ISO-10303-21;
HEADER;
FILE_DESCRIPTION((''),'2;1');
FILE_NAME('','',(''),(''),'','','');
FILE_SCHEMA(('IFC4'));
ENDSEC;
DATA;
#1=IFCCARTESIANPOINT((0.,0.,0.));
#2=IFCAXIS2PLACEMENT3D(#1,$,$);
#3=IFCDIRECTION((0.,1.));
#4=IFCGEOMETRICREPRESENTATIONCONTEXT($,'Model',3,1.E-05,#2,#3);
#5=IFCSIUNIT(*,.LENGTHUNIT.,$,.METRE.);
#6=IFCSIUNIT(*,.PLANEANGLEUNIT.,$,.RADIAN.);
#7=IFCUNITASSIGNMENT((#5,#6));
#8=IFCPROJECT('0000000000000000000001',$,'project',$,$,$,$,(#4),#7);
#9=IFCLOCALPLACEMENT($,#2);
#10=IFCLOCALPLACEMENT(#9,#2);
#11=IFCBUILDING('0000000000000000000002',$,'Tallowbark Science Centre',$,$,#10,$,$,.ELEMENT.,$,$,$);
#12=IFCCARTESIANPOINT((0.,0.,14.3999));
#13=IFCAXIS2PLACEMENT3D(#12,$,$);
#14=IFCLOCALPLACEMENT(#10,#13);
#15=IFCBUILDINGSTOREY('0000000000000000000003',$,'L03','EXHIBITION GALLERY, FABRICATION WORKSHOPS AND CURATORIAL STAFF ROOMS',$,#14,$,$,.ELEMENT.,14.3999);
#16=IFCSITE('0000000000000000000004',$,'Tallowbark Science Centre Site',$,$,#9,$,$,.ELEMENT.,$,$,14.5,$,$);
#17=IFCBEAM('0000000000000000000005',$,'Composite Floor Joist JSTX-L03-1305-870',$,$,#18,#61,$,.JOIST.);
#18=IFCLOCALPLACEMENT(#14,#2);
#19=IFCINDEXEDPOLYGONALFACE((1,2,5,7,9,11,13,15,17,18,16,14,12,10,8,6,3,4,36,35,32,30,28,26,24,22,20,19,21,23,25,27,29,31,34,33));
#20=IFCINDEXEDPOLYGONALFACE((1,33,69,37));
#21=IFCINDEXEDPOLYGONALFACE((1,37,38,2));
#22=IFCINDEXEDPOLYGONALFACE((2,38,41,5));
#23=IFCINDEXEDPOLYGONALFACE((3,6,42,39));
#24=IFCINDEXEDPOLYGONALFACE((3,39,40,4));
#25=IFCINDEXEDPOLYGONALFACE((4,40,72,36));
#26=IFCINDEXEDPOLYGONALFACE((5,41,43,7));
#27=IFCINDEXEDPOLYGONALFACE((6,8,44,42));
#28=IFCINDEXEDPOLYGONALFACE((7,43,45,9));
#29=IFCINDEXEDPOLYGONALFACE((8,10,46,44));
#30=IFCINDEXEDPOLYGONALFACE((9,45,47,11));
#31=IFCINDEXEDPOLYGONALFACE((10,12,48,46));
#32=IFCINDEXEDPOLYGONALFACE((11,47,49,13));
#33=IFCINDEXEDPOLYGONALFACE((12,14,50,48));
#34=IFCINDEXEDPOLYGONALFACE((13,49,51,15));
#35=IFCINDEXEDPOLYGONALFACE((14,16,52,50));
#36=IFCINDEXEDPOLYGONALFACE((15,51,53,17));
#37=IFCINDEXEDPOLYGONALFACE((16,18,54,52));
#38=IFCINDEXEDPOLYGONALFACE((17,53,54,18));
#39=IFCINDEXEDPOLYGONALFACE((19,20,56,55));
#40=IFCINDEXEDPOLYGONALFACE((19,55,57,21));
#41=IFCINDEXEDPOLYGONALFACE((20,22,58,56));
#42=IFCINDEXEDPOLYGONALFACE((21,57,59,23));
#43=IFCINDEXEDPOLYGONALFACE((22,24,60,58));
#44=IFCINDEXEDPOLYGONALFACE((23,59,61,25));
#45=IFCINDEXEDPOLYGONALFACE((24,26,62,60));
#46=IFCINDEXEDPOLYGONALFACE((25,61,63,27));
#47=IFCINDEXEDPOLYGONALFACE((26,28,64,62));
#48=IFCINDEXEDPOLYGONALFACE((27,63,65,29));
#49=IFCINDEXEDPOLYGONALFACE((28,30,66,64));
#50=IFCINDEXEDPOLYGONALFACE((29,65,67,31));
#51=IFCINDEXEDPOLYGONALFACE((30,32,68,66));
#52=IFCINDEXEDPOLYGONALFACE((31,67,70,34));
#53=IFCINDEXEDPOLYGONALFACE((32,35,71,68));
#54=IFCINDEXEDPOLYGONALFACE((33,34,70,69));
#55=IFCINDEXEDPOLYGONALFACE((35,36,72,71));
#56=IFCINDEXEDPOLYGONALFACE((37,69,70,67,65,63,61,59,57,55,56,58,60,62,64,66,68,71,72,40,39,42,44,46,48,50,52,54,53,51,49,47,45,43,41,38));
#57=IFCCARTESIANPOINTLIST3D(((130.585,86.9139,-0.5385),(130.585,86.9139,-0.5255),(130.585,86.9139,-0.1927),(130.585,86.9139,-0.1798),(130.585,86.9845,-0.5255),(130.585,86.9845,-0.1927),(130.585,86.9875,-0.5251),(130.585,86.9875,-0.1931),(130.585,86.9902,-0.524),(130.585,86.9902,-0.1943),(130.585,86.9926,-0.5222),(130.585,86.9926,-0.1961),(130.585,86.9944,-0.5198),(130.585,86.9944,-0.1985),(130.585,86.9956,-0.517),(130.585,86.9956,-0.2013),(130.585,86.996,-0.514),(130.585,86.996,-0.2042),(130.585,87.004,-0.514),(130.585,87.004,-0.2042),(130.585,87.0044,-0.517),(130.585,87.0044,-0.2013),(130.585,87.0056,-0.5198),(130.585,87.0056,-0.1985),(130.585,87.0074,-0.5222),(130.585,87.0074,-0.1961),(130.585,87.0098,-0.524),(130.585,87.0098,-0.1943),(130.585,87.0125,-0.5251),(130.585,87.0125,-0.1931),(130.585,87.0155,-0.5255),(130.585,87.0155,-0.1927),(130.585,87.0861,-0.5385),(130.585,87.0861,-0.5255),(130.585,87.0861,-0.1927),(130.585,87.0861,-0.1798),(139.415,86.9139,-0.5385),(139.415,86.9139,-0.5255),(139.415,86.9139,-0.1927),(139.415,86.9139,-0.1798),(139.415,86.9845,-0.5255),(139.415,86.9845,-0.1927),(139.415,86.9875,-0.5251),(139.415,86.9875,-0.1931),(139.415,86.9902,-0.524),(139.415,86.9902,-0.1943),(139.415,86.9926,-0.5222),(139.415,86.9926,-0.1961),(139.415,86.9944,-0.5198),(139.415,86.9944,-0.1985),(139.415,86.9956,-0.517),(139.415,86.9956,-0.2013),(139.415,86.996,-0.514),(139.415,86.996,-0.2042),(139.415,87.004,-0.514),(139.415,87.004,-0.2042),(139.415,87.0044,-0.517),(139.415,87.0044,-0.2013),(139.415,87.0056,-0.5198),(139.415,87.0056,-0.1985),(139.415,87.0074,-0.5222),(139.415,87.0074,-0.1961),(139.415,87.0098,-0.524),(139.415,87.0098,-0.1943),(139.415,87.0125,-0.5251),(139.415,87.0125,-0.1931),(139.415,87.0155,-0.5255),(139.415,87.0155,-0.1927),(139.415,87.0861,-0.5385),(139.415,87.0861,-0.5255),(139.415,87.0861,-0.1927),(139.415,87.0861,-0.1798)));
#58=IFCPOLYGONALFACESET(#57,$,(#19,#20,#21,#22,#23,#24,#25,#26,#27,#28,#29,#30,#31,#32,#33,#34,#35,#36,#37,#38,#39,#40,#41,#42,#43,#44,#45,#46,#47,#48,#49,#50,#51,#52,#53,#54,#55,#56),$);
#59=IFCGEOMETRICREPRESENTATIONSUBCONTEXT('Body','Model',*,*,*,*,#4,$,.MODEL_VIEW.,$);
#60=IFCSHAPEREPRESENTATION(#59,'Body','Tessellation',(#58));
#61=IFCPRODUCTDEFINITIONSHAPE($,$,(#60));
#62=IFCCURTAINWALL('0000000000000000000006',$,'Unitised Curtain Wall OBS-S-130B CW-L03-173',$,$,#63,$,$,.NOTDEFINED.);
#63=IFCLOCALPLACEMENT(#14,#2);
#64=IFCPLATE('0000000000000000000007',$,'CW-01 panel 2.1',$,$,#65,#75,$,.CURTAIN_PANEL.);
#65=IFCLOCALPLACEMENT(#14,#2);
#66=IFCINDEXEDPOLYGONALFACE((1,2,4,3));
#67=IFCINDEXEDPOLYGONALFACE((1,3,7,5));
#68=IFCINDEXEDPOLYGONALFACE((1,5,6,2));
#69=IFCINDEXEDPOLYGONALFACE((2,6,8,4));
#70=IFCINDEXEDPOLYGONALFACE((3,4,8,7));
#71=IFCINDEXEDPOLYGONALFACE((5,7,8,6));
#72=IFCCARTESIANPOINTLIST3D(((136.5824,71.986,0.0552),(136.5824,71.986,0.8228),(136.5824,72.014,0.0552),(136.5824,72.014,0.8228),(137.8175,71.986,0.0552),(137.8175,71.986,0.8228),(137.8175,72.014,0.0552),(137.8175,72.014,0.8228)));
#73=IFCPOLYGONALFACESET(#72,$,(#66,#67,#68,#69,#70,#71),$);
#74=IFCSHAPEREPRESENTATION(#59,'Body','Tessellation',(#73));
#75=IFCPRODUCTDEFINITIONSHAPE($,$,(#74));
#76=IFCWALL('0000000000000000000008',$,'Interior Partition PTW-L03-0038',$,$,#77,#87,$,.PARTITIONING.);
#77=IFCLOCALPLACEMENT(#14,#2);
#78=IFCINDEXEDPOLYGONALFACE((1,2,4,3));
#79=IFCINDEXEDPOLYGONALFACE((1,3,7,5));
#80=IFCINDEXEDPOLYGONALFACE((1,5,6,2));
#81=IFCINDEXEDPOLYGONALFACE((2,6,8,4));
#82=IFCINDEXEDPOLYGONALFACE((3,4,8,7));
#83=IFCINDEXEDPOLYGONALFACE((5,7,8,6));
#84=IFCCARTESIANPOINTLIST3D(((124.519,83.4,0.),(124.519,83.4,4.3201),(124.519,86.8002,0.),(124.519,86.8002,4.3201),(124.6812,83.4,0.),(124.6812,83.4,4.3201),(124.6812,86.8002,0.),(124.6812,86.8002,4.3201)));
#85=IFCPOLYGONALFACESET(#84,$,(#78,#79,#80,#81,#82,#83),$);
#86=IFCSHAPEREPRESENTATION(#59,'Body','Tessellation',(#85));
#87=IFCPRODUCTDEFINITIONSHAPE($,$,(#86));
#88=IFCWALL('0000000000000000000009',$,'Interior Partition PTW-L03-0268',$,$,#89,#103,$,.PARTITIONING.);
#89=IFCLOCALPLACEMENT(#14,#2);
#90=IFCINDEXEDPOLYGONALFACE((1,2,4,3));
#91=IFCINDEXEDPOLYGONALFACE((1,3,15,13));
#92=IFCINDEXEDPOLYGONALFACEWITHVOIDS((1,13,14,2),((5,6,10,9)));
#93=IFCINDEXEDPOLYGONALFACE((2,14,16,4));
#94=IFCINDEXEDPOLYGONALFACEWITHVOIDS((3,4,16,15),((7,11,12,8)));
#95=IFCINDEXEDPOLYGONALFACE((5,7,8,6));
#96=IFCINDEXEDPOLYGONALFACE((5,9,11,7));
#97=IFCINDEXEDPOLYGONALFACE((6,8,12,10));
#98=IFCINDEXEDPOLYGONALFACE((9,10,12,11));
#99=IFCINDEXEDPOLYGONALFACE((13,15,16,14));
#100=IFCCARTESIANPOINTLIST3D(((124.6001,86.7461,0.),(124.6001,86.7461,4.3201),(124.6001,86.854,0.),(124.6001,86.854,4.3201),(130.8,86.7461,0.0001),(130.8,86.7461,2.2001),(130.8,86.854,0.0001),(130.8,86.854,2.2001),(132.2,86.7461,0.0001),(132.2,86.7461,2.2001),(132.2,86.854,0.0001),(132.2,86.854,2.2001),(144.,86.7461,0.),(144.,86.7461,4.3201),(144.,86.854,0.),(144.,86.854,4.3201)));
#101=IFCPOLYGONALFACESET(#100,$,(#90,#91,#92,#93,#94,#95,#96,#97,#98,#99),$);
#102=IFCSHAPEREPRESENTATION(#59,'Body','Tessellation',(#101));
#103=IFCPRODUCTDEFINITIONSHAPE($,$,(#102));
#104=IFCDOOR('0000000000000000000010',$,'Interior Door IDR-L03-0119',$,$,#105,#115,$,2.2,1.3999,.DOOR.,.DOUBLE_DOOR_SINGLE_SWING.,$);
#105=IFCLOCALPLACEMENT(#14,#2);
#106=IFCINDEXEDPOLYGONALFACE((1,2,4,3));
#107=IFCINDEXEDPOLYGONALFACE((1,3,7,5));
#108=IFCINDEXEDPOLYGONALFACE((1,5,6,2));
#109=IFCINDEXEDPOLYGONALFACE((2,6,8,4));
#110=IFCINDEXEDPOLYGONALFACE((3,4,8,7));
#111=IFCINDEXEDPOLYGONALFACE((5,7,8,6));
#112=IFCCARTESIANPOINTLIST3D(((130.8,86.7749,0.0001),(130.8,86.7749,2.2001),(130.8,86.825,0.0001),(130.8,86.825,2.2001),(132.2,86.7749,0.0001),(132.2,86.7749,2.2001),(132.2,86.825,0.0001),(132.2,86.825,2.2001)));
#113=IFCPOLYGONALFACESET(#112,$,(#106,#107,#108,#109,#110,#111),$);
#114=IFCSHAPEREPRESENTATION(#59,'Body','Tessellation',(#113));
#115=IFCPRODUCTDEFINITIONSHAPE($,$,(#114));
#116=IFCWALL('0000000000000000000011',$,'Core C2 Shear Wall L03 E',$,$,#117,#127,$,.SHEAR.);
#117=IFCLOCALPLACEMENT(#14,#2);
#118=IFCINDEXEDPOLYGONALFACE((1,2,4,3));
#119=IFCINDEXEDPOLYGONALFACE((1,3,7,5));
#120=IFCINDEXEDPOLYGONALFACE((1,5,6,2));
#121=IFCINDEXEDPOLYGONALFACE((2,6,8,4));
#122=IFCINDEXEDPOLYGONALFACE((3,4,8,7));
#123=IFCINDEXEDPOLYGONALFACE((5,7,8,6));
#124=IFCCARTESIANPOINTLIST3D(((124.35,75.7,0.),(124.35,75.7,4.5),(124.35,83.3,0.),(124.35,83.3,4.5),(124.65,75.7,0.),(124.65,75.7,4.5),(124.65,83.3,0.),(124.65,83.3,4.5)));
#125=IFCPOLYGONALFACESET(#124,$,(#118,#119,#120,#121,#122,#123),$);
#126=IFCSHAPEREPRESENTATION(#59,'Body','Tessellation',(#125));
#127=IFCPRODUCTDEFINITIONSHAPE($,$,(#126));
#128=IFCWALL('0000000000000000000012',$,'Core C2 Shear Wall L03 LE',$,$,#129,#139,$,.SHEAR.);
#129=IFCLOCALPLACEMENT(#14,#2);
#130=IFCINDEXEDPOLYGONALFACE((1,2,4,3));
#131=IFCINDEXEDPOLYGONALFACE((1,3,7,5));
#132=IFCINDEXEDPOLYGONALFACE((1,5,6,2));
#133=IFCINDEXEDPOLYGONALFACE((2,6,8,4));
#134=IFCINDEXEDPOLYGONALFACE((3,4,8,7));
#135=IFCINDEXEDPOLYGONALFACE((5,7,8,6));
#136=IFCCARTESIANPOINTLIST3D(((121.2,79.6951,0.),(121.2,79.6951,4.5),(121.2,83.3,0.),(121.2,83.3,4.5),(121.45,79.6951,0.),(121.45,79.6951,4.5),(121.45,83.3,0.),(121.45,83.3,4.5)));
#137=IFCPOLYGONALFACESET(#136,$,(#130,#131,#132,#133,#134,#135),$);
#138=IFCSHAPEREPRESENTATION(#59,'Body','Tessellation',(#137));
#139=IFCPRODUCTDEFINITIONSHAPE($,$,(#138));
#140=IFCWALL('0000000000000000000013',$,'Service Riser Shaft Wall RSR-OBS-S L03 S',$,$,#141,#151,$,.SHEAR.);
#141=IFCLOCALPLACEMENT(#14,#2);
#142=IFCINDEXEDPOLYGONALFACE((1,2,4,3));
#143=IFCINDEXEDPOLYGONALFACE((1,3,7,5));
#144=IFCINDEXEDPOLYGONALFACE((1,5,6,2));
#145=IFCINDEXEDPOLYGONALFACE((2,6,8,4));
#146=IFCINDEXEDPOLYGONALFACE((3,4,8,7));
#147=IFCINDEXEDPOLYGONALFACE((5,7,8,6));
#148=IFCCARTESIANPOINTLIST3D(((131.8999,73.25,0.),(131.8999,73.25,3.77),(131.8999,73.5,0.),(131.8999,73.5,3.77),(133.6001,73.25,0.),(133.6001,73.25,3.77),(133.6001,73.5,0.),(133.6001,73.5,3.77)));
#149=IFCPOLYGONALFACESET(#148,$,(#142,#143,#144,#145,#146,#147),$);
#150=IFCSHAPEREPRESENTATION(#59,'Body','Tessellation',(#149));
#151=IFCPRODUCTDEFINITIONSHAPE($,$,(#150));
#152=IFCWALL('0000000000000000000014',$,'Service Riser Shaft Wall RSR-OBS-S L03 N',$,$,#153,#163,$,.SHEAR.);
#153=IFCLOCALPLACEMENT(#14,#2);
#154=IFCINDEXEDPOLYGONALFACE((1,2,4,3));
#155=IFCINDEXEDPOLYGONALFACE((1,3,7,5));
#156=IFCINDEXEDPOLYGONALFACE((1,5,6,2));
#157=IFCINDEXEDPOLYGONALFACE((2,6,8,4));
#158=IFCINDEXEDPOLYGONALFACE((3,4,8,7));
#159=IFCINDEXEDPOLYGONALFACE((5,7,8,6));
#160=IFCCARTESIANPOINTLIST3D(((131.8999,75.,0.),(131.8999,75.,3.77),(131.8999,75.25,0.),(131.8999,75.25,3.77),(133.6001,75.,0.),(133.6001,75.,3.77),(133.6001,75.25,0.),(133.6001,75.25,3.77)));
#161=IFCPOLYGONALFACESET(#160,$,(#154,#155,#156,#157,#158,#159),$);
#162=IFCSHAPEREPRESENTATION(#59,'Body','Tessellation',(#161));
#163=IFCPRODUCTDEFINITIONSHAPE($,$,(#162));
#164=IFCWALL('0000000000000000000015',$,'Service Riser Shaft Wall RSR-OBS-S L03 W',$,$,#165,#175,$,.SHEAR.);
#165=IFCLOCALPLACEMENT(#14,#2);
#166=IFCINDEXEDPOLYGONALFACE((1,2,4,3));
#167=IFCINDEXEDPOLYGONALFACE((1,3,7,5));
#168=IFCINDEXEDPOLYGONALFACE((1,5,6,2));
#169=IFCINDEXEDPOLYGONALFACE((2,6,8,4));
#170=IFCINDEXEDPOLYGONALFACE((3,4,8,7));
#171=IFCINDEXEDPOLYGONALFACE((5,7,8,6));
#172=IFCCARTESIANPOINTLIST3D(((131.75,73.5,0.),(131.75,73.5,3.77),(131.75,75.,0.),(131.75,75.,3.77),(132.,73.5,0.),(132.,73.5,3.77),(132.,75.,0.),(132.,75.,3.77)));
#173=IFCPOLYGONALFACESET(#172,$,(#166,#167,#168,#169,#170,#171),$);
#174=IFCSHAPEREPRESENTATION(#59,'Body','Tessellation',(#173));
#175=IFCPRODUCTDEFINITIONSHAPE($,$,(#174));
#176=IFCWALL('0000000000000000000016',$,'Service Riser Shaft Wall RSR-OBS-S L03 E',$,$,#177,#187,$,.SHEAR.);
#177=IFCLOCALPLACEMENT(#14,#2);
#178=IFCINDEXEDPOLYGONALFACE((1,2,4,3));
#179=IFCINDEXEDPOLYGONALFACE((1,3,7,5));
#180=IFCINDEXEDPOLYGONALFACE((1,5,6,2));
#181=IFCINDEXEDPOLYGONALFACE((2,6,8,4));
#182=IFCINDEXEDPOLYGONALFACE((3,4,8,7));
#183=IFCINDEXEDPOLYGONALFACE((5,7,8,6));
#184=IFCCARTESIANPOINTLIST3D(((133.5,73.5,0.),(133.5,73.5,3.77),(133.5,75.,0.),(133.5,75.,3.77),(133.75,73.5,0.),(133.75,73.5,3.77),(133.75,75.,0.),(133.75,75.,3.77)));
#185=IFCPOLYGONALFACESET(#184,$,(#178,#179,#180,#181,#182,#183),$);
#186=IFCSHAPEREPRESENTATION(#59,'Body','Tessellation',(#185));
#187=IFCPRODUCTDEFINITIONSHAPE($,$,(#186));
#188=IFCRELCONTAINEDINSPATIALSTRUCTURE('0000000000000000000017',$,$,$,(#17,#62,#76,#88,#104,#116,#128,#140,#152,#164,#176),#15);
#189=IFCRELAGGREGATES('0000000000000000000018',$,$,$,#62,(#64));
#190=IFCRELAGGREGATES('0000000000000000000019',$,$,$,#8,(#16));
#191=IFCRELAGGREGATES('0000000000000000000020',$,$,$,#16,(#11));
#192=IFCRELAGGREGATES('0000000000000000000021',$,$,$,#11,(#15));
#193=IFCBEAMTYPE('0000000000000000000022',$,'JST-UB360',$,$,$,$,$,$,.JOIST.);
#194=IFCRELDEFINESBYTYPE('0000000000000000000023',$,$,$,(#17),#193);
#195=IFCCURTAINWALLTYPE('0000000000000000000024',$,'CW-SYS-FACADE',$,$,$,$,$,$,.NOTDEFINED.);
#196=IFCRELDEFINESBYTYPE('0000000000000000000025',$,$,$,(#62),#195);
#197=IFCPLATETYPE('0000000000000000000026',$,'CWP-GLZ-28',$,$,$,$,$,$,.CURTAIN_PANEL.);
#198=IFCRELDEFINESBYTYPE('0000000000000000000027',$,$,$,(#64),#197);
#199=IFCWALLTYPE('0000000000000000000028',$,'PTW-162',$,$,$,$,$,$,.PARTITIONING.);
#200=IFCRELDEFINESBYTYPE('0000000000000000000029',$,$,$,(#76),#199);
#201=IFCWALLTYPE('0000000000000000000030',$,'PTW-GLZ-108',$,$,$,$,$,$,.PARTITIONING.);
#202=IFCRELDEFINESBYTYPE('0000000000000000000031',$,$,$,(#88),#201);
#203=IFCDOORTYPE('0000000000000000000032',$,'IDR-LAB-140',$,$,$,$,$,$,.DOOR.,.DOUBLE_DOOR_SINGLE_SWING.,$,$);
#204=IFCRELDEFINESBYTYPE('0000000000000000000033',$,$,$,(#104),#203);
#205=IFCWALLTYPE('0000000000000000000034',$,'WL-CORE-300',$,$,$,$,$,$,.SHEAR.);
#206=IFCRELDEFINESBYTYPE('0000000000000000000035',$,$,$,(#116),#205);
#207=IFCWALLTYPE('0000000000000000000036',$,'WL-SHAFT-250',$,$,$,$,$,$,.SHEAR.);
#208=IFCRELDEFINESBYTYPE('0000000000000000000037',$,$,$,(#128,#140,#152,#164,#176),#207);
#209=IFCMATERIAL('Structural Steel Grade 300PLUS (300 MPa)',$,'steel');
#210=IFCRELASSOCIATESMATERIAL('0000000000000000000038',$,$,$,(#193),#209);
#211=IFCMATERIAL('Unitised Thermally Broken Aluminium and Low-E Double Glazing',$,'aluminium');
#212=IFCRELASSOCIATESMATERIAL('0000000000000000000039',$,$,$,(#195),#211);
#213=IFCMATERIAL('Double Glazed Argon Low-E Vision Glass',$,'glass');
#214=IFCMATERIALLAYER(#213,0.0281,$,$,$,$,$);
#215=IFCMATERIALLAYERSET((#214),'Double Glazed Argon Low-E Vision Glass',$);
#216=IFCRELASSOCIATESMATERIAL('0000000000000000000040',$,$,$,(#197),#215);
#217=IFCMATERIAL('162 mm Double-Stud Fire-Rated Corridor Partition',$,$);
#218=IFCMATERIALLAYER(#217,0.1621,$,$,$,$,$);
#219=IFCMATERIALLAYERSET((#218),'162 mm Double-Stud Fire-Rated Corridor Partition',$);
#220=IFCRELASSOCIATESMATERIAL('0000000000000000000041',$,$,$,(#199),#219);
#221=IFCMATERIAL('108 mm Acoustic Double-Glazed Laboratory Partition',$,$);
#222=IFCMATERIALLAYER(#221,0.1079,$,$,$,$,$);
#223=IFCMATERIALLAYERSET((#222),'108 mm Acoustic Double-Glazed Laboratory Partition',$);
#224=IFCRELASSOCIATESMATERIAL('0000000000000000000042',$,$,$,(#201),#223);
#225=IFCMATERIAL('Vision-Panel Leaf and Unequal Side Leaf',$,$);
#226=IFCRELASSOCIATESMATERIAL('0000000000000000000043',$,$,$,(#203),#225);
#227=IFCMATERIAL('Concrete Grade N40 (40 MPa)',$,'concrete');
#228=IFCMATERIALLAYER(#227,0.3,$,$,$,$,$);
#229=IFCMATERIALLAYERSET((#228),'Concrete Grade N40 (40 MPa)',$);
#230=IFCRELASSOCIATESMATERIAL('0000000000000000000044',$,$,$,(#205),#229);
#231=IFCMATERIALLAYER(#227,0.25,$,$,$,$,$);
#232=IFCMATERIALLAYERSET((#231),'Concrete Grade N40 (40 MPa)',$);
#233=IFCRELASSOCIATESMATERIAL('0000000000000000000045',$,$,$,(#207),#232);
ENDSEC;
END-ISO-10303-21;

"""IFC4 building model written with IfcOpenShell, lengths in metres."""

from ifc_helpers import new_model, si_unit, direction, frame, frame_2d, origin, origin_2d, place, context, subcontext, project, spatial, rectangle, i_section, extrude, material, layer, layer_set, material_profile, profile_set, type_object, element, fill, aggregate, save


model = new_model("IFC4")

# Units and contexts
model_context = context("Model", 3, precision=1e-05, world=origin(), true_north=direction((0.0, 1.0)))
body_context = subcontext(model_context, "Body", "Model", "MODEL_VIEW")
ifc_project = project(units=[si_unit("LENGTHUNIT", "METRE"), si_unit("PLANEANGLEUNIT", "RADIAN")], contexts=[model_context])

# Site, building, storey
site_placement = place(None, origin())
site = spatial("IfcSite", under=ifc_project, at=site_placement, Name="Tallowbark Science Centre Site", CompositionType="ELEMENT", RefElevation=14.5)
building_placement = place(site_placement, origin())
building = spatial("IfcBuilding", under=site, at=building_placement, Name="Tallowbark Science Centre", CompositionType="ELEMENT")
storey_placement = place(building_placement, frame((0.0, 0.0, 14.3999)))
storey = spatial("IfcBuildingStorey", under=building, at=storey_placement, Name="L03", Description="EXHIBITION GALLERY, FABRICATION WORKSHOPS AND CURATORIAL STAFF ROOMS", CompositionType="ELEMENT", Elevation=14.3999)

# Shared definitions
ifc_material_1 = material(Name="Structural Steel Grade 300PLUS (300 MPa)", Category="steel")

# Beam
ifc_material_profile_1 = material_profile(ifc_material_1, i_section(OverallWidth=0.1721, OverallDepth=0.3586, WebThickness=0.0081, FlangeThickness=0.0129, FilletRadius=0.0115, at=origin_2d()), Name="360UB56.7")
ifc_profile_set_1 = profile_set([ifc_material_profile_1], Name="Structural Steel Grade 300PLUS (300 MPa)")
beam_type_1 = type_object("IfcBeamType", Name="JST-UB360", PredefinedType="JOIST", material=ifc_profile_set_1)
for number, where, z_axis, x_axis, name in (
    (1, (130.585, 87.0, -0.3591), (1.0, 0.0, 0.0), (0.0, 1.0, 0.0), "Composite Floor Joist JSTX-L03-1305-870"),
):
    element("IfcBeam", number, at=place(storey_placement, frame(where, z_axis=z_axis, x_axis=x_axis)), inside=storey, type_object=beam_type_1, Name=name, PredefinedType="JOIST", context=body_context, shape_type="SweptSolid", body=[
        extrude(i_section(OverallWidth=0.1721, OverallDepth=0.3586, WebThickness=0.0081, FlangeThickness=0.0129, FilletRadius=0.0115, at=origin_2d()), origin(), (0.0, 0.0, 1.0), 8.8301),
    ])

# Curtain wall, plate
ifc_material_2 = material(Name="Unitised Thermally Broken Aluminium and Low-E Double Glazing", Category="aluminium")
curtain_wall_type = type_object("IfcCurtainWallType", Name="CW-SYS-FACADE", PredefinedType="NOTDEFINED", material=ifc_material_2)
curtain_wall_placement = place(storey_placement, origin())
curtain_wall = element("IfcCurtainWall", 2, at=curtain_wall_placement, inside=storey, type_object=curtain_wall_type, Name="Unitised Curtain Wall OBS-S-130B CW-L03-173", PredefinedType="NOTDEFINED")
ifc_material_3 = material(Name="Double Glazed Argon Low-E Vision Glass", Category="glass")
ifc_layer_1 = layer(ifc_material_3, 0.0281)
ifc_layer_set_1 = layer_set([ifc_layer_1], Name="Double Glazed Argon Low-E Vision Glass")
plate_type = type_object("IfcPlateType", Name="CWP-GLZ-28", PredefinedType="CURTAIN_PANEL", material=ifc_layer_set_1)
plate_placement = place(storey_placement, frame((137.2, 72.0, 0.0552), z_axis=(0.0, 0.0, 1.0), x_axis=(1.0, 0.0, 0.0)))
plate = element("IfcPlate", 3, at=plate_placement, type_object=plate_type, Name="CW-01 panel 2.1", PredefinedType="CURTAIN_PANEL", context=body_context, shape_type="SweptSolid", body=[
    extrude(rectangle(XDim=1.2351, YDim=0.0281, at=origin_2d()), origin(), (0.0, 0.0, 1.0), 0.7676),
])
aggregate(curtain_wall, [plate])

# Wall
ifc_material_4 = material(Name="162 mm Double-Stud Fire-Rated Corridor Partition")
ifc_layer_2 = layer(ifc_material_4, 0.1621)
ifc_layer_set_2 = layer_set([ifc_layer_2], Name="162 mm Double-Stud Fire-Rated Corridor Partition")
wall_type_1 = type_object("IfcWallType", Name="PTW-162", PredefinedType="PARTITIONING", material=ifc_layer_set_2)
wall_1_placement = place(storey_placement, frame((124.6001, 83.3999, 0.0), z_axis=(0.0, 0.0, 1.0), x_axis=(0.0, 1.0, 0.0)))
element("IfcWall", 4, at=wall_1_placement, inside=storey, type_object=wall_type_1, Name="Interior Partition PTW-L03-0038", PredefinedType="PARTITIONING", context=body_context, shape_type="SweptSolid", body=[
    extrude(rectangle(XDim=3.4001, YDim=0.1621, at=frame_2d((1.7002, 0.0))), origin(), (0.0, 0.0, 1.0), 4.3201),
])

# Wall, opening, door
ifc_material_5 = material(Name="108 mm Acoustic Double-Glazed Laboratory Partition")
ifc_layer_3 = layer(ifc_material_5, 0.1079)
ifc_layer_set_3 = layer_set([ifc_layer_3], Name="108 mm Acoustic Double-Glazed Laboratory Partition")
wall_type_2 = type_object("IfcWallType", Name="PTW-GLZ-108", PredefinedType="PARTITIONING", material=ifc_layer_set_3)
wall_2_placement = place(storey_placement, frame((124.6001, 86.8, 0.0), z_axis=(0.0, 0.0, 1.0), x_axis=(1.0, 0.0, 0.0)))
wall_2 = element("IfcWall", 5, at=wall_2_placement, inside=storey, type_object=wall_type_2, Name="Interior Partition PTW-L03-0268", PredefinedType="PARTITIONING", context=body_context, shape_type="SweptSolid", body=[
    extrude(rectangle(XDim=19.3999, YDim=0.1079, at=frame_2d((9.7, 0.0))), origin(), (0.0, 0.0, 1.0), 4.3201),
])
opening_placement = place(wall_2_placement, frame((6.2, 0.0, 0.0)))
opening = element("IfcOpeningElement", 6, at=opening_placement, cuts=wall_2, PredefinedType="OPENING", context=body_context, shape_type="SweptSolid", body=[
    extrude(rectangle(XDim=1.3999, YDim=2.2, at=frame_2d((0.7, 1.1001))), frame((0.0, 0.064, 0.0), z_axis=(0.0, -1.0, 0.0), x_axis=(1.0, 0.0, 0.0)), (0.0, 0.0, 1.0), 0.1279),
])
ifc_material_6 = material(Name="Vision-Panel Leaf and Unequal Side Leaf")
door_type = type_object("IfcDoorType", Name="IDR-LAB-140", OperationType="DOUBLE_DOOR_SINGLE_SWING", PredefinedType="DOOR", material=ifc_material_6)
door_placement = place(opening_placement, origin())
door = element("IfcDoor", 7, at=door_placement, inside=storey, type_object=door_type, Name="Interior Door IDR-L03-0119", OperationType="DOUBLE_DOOR_SINGLE_SWING", OverallHeight=2.2, OverallWidth=1.3999, PredefinedType="DOOR", context=body_context, shape_type="SweptSolid", body=[
    extrude(rectangle(XDim=1.3999, YDim=2.2, at=frame_2d((0.7, 1.1001))), frame((0.0, 0.0249, 0.0), z_axis=(0.0, -1.0, 0.0), x_axis=(1.0, 0.0, 0.0)), (0.0, 0.0, 1.0), 0.05),
])
fill(opening, door)

# Walls
ifc_material_7 = material(Name="Concrete Grade N40 (40 MPa)", Category="concrete")
ifc_layer_4 = layer(ifc_material_7, 0.3)
ifc_layer_set_4 = layer_set([ifc_layer_4], Name="Concrete Grade N40 (40 MPa)")
wall_type_3 = type_object("IfcWallType", Name="WL-CORE-300", PredefinedType="SHEAR", material=ifc_layer_set_4)
wall_3_placement = place(storey_placement, frame((124.5, 75.7, 0.0), z_axis=(0.0, 0.0, 1.0), x_axis=(0.0, 1.0, 0.0)))
element("IfcWall", 8, at=wall_3_placement, inside=storey, type_object=wall_type_3, Name="Core C2 Shear Wall L03 E", PredefinedType="SHEAR", context=body_context, shape_type="SweptSolid", body=[
    extrude(rectangle(XDim=7.6001, YDim=0.3, at=frame_2d((3.8, 0.0))), origin(), (0.0, 0.0, 1.0), 4.5),
])
ifc_layer_5 = layer(ifc_material_7, 0.25)
ifc_layer_set_5 = layer_set([ifc_layer_5], Name="Concrete Grade N40 (40 MPa)")
wall_type_4 = type_object("IfcWallType", Name="WL-SHAFT-250", PredefinedType="SHEAR", material=ifc_layer_set_5)
wall_4_placement = place(storey_placement, frame((121.325, 79.6951, 0.0), z_axis=(0.0, 0.0, 1.0), x_axis=(0.0, 1.0, 0.0)))
element("IfcWall", 9, at=wall_4_placement, inside=storey, type_object=wall_type_4, Name="Core C2 Shear Wall L03 LE", PredefinedType="SHEAR", context=body_context, shape_type="SweptSolid", body=[
    extrude(rectangle(XDim=3.605, YDim=0.25, at=frame_2d((1.8025, 0.0))), origin(), (0.0, 0.0, 1.0), 4.5),
])
for number, where, z_axis, x_axis, name in (
    (10, (131.8999, 73.375, 0.0), (0.0, 0.0, 1.0), (1.0, 0.0, 0.0), "Service Riser Shaft Wall RSR-OBS-S L03 S"),
    (11, (131.8999, 75.125, 0.0), (0.0, 0.0, 1.0), (1.0, 0.0, 0.0), "Service Riser Shaft Wall RSR-OBS-S L03 N"),
):
    element("IfcWall", number, at=place(storey_placement, frame(where, z_axis=z_axis, x_axis=x_axis)), inside=storey, type_object=wall_type_4, Name=name, PredefinedType="SHEAR", context=body_context, shape_type="SweptSolid", body=[
        extrude(rectangle(XDim=1.7002, YDim=0.25, at=frame_2d((0.8501, 0.0))), origin(), (0.0, 0.0, 1.0), 3.77),
    ])
for number, where, z_axis, x_axis, name in (
    (12, (131.875, 73.5, 0.0), (0.0, 0.0, 1.0), (0.0, 1.0, 0.0), "Service Riser Shaft Wall RSR-OBS-S L03 W"),
    (13, (133.625, 73.5, 0.0), (0.0, 0.0, 1.0), (0.0, 1.0, 0.0), "Service Riser Shaft Wall RSR-OBS-S L03 E"),
):
    element("IfcWall", number, at=place(storey_placement, frame(where, z_axis=z_axis, x_axis=x_axis)), inside=storey, type_object=wall_type_4, Name=name, PredefinedType="SHEAR", context=body_context, shape_type="SweptSolid", body=[
        extrude(rectangle(XDim=1.5, YDim=0.25, at=frame_2d((0.75, 0.0))), origin(), (0.0, 0.0, 1.0), 3.77),
    ])

save(model, "model.ifc")
